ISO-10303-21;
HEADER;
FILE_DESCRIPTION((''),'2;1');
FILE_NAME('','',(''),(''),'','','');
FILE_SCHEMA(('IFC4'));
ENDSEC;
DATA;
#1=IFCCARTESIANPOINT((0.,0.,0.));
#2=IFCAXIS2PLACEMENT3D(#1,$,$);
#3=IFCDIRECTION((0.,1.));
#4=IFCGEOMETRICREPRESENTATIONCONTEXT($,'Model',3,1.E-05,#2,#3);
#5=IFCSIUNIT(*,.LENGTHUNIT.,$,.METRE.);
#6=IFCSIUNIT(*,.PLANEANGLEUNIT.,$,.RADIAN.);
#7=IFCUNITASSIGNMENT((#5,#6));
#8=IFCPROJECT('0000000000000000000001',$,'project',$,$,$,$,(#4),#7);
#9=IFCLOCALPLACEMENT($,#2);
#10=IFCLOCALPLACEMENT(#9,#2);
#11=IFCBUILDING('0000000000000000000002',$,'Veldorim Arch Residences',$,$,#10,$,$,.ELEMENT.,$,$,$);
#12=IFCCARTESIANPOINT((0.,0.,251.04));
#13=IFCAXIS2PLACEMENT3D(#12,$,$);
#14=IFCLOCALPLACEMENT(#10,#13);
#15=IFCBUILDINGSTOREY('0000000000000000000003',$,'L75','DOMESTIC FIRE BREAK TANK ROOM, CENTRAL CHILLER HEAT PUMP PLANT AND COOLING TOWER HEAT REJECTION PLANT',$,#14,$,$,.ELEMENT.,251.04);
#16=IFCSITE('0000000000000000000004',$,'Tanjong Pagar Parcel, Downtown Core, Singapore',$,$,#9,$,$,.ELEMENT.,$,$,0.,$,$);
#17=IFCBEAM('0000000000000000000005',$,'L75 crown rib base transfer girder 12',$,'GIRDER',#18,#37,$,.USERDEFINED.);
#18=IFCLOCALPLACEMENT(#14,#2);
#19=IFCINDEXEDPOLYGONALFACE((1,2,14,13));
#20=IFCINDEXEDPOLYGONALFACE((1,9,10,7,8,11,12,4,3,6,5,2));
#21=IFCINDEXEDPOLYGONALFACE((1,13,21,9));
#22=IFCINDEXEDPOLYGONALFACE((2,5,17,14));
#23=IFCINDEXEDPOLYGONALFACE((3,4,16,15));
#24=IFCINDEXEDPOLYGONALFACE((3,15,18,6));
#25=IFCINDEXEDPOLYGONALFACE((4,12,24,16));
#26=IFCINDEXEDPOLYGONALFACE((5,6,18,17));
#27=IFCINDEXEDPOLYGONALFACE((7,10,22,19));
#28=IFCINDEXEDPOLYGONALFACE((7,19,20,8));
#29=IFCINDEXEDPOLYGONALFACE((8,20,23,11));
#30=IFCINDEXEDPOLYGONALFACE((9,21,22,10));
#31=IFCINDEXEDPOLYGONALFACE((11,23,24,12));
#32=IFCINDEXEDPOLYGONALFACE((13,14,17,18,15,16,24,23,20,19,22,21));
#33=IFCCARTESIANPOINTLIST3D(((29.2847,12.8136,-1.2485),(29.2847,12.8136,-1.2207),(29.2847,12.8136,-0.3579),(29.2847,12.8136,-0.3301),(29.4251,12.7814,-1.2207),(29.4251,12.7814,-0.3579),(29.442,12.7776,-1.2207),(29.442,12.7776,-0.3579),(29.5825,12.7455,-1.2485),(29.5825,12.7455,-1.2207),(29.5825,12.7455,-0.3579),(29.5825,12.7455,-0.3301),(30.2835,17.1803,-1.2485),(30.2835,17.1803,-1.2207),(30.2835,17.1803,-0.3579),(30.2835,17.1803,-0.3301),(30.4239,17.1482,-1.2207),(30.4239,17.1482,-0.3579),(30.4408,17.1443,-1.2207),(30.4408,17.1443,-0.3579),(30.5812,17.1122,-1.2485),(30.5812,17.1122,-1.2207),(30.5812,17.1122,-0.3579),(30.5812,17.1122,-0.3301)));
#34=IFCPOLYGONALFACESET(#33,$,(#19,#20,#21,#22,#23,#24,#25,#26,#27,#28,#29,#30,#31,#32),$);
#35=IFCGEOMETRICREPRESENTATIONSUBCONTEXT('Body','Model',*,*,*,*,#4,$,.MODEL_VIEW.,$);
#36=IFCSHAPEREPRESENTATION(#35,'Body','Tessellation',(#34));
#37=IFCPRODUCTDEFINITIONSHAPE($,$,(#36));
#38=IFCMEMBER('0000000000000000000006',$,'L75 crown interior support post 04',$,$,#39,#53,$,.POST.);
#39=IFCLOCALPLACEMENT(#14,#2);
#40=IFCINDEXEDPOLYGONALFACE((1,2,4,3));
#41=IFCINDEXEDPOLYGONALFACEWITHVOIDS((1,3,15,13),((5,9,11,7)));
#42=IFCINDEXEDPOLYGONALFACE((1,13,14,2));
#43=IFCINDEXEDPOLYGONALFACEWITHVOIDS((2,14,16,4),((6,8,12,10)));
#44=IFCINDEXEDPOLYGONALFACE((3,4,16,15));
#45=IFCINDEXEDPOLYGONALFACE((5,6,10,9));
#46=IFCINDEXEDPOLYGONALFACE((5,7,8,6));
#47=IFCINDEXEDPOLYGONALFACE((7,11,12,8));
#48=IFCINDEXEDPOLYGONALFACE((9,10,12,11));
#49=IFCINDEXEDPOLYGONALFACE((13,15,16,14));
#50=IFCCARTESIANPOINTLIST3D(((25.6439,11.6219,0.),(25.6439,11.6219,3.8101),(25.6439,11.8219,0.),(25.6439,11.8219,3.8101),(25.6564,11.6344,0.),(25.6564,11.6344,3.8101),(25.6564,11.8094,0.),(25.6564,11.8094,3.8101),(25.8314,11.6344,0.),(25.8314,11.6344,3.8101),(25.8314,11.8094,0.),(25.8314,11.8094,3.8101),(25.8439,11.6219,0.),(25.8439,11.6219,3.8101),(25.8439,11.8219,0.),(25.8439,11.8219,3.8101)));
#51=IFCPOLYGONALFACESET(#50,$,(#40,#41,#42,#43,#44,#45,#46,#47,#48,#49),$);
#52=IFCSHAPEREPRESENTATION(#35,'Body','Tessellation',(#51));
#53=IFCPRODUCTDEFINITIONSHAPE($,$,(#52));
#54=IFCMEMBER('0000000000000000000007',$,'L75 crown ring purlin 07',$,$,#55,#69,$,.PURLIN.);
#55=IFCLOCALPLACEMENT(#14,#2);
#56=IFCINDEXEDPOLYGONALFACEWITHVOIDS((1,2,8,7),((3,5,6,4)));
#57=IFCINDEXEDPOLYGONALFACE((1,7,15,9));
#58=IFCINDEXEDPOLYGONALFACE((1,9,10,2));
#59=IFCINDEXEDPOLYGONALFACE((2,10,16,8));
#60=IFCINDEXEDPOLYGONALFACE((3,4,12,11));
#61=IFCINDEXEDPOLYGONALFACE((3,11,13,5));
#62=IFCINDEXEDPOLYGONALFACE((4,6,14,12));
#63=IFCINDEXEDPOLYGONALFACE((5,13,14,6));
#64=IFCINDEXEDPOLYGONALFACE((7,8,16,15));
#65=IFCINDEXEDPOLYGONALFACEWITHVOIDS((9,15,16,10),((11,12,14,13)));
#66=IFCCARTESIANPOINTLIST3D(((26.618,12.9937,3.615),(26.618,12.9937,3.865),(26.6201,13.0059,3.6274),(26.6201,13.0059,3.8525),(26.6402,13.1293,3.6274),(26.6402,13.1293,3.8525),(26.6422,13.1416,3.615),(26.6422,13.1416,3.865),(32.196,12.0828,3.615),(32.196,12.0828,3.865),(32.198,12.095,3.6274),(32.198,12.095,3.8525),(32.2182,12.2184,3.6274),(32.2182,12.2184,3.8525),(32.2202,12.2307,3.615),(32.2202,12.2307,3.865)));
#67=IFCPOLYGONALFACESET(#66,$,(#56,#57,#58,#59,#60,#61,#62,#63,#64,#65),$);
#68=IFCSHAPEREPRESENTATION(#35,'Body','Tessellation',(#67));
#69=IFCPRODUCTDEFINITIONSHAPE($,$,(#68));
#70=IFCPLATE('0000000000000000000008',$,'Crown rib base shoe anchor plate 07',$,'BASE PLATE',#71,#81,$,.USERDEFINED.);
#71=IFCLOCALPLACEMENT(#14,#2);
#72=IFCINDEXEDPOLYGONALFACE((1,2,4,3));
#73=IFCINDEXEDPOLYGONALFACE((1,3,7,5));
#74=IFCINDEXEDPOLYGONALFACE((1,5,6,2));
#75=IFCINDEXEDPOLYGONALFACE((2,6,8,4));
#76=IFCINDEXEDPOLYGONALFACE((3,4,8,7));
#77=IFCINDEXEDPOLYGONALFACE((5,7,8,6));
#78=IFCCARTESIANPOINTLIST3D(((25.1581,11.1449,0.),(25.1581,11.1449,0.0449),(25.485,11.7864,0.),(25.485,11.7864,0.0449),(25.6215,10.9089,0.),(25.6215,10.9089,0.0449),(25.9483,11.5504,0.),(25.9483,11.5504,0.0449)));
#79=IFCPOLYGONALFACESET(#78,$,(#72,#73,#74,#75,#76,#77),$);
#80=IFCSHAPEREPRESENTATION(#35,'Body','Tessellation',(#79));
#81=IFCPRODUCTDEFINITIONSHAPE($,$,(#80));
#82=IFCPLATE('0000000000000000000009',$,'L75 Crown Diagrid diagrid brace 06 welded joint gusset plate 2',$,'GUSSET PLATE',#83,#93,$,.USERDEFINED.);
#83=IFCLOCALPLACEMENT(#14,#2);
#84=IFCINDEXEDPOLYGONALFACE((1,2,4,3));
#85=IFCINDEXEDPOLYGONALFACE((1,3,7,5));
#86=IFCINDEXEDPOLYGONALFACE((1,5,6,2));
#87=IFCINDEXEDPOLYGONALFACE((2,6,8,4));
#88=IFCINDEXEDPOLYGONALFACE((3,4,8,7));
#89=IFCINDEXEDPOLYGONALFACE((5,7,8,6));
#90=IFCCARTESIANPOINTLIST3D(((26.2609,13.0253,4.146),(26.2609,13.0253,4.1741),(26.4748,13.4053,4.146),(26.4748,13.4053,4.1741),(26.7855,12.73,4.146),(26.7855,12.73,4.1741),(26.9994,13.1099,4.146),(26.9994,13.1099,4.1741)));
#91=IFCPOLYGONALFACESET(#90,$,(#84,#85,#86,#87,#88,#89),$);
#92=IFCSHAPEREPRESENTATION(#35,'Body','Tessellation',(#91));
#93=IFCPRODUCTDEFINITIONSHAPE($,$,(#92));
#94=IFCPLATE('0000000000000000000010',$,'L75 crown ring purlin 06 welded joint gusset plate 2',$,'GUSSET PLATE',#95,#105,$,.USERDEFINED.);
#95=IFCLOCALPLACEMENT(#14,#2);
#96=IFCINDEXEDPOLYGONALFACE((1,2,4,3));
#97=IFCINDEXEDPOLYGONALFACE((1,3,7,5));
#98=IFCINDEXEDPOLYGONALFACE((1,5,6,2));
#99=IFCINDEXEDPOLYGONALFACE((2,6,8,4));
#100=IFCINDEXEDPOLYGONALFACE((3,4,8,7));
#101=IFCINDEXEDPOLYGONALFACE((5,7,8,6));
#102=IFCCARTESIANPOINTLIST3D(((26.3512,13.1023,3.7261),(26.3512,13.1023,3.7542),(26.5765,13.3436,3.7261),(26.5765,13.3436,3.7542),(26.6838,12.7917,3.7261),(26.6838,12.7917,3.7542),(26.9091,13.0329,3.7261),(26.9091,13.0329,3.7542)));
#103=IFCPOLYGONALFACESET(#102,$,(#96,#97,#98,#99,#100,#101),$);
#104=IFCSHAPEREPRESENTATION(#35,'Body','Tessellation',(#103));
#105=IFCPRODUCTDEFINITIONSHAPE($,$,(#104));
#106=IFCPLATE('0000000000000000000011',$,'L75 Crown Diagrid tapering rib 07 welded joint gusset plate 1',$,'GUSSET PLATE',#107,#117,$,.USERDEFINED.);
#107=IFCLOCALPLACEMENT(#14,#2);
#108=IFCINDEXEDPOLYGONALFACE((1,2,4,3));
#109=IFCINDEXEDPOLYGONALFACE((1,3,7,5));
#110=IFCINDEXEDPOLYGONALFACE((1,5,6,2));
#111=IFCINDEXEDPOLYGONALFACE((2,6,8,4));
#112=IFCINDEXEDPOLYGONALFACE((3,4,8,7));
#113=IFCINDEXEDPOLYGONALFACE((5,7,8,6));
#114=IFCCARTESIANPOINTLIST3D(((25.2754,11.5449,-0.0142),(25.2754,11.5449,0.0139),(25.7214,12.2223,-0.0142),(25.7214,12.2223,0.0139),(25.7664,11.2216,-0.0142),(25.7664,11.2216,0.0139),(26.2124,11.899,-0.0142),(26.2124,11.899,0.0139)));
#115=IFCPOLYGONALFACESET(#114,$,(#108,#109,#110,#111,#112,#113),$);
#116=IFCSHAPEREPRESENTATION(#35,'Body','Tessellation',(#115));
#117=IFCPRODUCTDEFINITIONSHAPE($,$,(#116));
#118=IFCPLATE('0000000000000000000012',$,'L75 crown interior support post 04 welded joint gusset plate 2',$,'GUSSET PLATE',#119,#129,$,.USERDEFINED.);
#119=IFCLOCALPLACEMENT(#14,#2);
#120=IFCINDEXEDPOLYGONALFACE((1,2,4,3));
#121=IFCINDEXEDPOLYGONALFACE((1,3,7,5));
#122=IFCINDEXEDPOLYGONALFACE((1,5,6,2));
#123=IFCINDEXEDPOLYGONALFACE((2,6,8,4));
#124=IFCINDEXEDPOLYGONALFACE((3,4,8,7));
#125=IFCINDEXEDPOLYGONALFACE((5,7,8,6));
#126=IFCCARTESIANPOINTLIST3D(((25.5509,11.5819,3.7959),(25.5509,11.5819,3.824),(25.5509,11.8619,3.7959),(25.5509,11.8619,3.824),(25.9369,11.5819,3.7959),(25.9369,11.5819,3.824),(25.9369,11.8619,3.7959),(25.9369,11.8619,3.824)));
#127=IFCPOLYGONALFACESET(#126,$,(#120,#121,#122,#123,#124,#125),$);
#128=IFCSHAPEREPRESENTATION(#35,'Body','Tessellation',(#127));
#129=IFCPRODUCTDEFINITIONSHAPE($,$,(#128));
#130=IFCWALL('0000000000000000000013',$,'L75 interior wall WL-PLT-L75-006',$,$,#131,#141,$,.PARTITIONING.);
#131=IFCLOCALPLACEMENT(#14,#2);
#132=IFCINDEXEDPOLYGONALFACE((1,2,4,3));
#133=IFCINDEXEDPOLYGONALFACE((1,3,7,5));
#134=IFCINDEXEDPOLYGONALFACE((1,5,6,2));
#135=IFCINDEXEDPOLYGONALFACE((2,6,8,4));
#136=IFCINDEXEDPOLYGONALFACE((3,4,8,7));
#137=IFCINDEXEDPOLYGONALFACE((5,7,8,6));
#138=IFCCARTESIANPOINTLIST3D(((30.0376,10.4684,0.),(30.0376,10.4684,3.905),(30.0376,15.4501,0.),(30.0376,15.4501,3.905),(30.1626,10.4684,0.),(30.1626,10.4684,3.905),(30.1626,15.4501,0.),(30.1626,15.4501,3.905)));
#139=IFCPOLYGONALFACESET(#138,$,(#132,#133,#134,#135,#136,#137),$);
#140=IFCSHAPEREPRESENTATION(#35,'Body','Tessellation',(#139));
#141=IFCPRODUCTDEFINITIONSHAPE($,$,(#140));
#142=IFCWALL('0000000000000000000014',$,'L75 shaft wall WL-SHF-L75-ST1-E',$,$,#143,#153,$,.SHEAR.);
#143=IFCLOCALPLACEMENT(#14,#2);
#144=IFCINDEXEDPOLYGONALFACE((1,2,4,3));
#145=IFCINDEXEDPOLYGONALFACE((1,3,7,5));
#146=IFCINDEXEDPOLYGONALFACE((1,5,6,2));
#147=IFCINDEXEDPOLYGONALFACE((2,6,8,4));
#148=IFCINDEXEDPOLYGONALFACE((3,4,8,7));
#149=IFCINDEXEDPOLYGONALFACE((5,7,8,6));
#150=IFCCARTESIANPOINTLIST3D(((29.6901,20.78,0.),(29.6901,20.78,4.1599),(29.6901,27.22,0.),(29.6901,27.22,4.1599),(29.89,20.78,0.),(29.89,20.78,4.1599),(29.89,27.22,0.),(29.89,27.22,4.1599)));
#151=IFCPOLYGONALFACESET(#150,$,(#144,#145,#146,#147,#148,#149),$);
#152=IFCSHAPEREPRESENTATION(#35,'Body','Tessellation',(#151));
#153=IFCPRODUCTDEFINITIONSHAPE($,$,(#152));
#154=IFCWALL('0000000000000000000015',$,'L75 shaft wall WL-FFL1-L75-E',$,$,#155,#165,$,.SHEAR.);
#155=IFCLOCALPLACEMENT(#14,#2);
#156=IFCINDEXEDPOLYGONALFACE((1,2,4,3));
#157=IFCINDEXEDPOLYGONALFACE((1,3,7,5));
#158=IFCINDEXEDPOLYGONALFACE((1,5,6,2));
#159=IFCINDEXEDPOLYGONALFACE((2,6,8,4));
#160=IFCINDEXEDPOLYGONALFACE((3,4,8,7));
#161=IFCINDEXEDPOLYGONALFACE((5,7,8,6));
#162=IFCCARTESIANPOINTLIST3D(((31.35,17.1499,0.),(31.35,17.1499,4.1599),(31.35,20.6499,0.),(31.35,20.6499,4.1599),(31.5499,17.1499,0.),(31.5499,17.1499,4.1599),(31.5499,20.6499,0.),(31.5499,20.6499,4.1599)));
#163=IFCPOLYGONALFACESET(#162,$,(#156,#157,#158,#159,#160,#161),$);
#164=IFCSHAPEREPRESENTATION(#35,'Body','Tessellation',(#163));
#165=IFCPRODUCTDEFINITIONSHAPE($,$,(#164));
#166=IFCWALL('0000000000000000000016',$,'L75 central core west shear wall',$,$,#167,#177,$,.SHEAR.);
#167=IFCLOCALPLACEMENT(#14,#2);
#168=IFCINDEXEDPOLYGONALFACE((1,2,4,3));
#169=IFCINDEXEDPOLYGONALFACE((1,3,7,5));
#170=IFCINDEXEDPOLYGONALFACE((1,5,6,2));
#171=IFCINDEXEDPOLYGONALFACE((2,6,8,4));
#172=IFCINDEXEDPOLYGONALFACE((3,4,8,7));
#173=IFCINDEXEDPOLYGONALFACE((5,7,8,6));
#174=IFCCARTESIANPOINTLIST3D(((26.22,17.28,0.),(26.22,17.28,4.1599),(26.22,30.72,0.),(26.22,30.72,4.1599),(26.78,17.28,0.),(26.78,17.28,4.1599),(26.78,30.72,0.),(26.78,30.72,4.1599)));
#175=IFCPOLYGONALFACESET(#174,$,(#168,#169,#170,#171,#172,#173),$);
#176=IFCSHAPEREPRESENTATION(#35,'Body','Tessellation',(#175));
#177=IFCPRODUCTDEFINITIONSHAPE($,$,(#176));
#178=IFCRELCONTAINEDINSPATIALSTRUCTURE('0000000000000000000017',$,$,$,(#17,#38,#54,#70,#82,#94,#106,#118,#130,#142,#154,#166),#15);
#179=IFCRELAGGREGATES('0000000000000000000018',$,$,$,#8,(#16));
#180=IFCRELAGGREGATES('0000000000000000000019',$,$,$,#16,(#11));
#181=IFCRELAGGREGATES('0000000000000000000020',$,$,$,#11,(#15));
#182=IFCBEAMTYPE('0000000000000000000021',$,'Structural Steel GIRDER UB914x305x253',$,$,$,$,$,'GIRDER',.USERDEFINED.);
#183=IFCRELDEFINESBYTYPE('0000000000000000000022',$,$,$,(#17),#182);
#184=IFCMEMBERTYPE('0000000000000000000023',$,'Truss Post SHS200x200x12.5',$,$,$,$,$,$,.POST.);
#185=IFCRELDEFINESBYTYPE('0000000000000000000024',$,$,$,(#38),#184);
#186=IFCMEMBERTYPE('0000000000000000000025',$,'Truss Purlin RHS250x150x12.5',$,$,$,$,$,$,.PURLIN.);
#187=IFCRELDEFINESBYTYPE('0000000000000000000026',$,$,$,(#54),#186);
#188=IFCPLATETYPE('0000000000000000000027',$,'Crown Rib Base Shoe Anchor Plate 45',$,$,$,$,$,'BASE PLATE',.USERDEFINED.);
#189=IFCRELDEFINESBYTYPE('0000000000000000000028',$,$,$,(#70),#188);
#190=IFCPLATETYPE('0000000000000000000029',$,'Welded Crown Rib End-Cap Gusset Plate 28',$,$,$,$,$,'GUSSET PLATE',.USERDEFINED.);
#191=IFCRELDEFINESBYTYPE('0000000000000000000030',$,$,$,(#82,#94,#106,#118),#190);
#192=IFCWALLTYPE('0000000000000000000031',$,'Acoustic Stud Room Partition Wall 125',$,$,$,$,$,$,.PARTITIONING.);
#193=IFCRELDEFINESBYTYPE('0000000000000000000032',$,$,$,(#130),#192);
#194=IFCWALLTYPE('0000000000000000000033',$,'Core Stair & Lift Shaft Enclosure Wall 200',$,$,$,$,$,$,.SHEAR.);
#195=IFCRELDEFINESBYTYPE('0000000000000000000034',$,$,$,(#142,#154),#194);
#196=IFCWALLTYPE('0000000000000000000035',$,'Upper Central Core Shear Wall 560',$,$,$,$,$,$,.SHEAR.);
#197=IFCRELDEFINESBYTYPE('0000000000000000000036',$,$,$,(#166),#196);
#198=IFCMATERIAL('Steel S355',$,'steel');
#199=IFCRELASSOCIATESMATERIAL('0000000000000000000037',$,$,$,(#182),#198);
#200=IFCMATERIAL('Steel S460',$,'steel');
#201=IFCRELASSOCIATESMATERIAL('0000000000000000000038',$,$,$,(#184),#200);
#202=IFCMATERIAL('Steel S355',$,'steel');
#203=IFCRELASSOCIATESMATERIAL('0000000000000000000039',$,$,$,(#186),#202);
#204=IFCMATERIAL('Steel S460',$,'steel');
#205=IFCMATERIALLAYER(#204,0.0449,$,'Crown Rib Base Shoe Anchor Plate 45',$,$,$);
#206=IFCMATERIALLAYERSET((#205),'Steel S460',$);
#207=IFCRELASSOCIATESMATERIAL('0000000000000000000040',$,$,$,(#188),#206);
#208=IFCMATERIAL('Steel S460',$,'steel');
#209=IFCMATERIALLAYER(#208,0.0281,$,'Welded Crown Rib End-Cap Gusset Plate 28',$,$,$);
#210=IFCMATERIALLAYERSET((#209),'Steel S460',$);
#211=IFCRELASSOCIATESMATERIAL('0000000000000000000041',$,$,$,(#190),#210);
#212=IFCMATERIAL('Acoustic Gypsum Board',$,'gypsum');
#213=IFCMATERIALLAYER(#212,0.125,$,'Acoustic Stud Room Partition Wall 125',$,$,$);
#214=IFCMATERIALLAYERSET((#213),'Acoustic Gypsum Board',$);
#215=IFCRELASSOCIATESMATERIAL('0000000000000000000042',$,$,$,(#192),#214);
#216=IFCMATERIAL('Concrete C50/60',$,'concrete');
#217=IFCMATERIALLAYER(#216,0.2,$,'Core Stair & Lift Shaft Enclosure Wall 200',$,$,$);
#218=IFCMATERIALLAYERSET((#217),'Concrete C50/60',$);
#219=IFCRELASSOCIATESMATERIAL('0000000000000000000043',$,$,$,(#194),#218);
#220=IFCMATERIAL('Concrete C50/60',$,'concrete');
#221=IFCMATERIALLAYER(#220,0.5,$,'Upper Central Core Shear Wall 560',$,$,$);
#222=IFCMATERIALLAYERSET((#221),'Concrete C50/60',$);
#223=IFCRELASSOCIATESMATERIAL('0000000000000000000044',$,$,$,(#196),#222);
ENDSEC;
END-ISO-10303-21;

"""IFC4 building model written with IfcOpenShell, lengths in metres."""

from ifc_helpers import new_model, si_unit, direction, frame, frame_2d, origin, origin_2d, place, context, subcontext, project, spatial, rectangle, hollow_rectangle, i_section, extrude, material, layer, layer_set, material_profile, profile_set, type_object, element, save


model = new_model("IFC4")

# Units and contexts
model_context = context("Model", 3, precision=1e-05, world=origin(), true_north=direction((0.0, 1.0)))
body_context = subcontext(model_context, "Body", "Model", "MODEL_VIEW")
ifc_project = project(units=[si_unit("LENGTHUNIT", "METRE"), si_unit("PLANEANGLEUNIT", "RADIAN")], contexts=[model_context])

# Site, building, storey
site_placement = place(None, origin())
site = spatial("IfcSite", under=ifc_project, at=site_placement, Name="Tanjong Pagar Parcel, Downtown Core, Singapore", CompositionType="ELEMENT", RefElevation=0.0)
building_placement = place(site_placement, origin())
building = spatial("IfcBuilding", under=site, at=building_placement, Name="Veldorim Arch Residences", CompositionType="ELEMENT")
storey_placement = place(building_placement, frame((0.0, 0.0, 251.04)))
storey = spatial("IfcBuildingStorey", under=building, at=storey_placement, Name="L75", Description="DOMESTIC FIRE BREAK TANK ROOM, CENTRAL CHILLER HEAT PUMP PLANT AND COOLING TOWER HEAT REJECTION PLANT", CompositionType="ELEMENT", Elevation=251.04)

# Beam
ifc_material_1 = material(Name="Steel S355", Category="steel")
ifc_material_profile_1 = material_profile(ifc_material_1, i_section(OverallWidth=0.3054, OverallDepth=0.9185, WebThickness=0.0173, FlangeThickness=0.0278, at=origin_2d()), Name="UB914x305x253")
ifc_profile_set_1 = profile_set([ifc_material_profile_1], Name="Steel S355")
beam_type = type_object("IfcBeamType", Name="Structural Steel GIRDER UB914x305x253", ElementType="GIRDER", PredefinedType="USERDEFINED", material=ifc_profile_set_1)
beam_1_placement = place(storey_placement, frame((30.4324, 17.1462, -0.7893), z_axis=(-0.222968, -0.974826, 0.0), x_axis=(0.974826, -0.222968, 0.0)))
element("IfcBeam", 1, at=beam_1_placement, inside=storey, type_object=beam_type, Name="L75 crown rib base transfer girder 12", ObjectType="GIRDER", PredefinedType="USERDEFINED", context=body_context, shape_type="SweptSolid", body=[
    extrude(i_section(OverallWidth=0.3054, OverallDepth=0.9185, WebThickness=0.0173, FlangeThickness=0.0278, at=origin_2d()), origin(), (0.0, 0.0, 1.0), 4.4795),
])

# Members
ifc_material_2 = material(Name="Steel S460", Category="steel")
ifc_material_profile_2 = material_profile(ifc_material_2, hollow_rectangle(XDim=0.2, YDim=0.2, WallThickness=0.0125, at=origin_2d()), Name="SHS200x200x12.5")
ifc_profile_set_2 = profile_set([ifc_material_profile_2], Name="Steel S460")
member_type_1 = type_object("IfcMemberType", Name="Truss Post SHS200x200x12.5", PredefinedType="POST", material=ifc_profile_set_2)
member_1_placement = place(storey_placement, frame((25.7439, 11.7219, 0.0), z_axis=(0.0, 0.0, 1.0), x_axis=(1.0, 0.0, 0.0)))
element("IfcMember", 2, at=member_1_placement, inside=storey, type_object=member_type_1, Name="L75 crown interior support post 04", PredefinedType="POST", context=body_context, shape_type="SweptSolid", body=[
    extrude(hollow_rectangle(XDim=0.2, YDim=0.2, WallThickness=0.0125, at=origin_2d()), origin(), (0.0, 0.0, 1.0), 3.8101),
])
ifc_material_3 = material(Name="Steel S355", Category="steel")
ifc_material_profile_3 = material_profile(ifc_material_3, hollow_rectangle(XDim=0.1499, YDim=0.25, WallThickness=0.0125, at=origin_2d()), Name="RHS250x150x12.5")
ifc_profile_set_3 = profile_set([ifc_material_profile_3], Name="Steel S355")
member_type_2 = type_object("IfcMemberType", Name="Truss Purlin RHS250x150x12.5", PredefinedType="PURLIN", material=ifc_profile_set_3)
member_2_placement = place(storey_placement, frame((26.6301, 13.0676, 3.74), z_axis=(0.986927, -0.161169, 0.0), x_axis=(0.161169, 0.986927, 0.0)))
element("IfcMember", 3, at=member_2_placement, inside=storey, type_object=member_type_2, Name="L75 crown ring purlin 07", PredefinedType="PURLIN", context=body_context, shape_type="SweptSolid", body=[
    extrude(hollow_rectangle(XDim=0.1499, YDim=0.25, WallThickness=0.0125, at=origin_2d()), origin(), (0.0, 0.0, 1.0), 5.6519),
])

# Plates
ifc_material_4 = material(Name="Steel S460", Category="steel")
ifc_layer_1 = layer(ifc_material_4, 0.0449, Name="Crown Rib Base Shoe Anchor Plate 45")
ifc_layer_set_1 = layer_set([ifc_layer_1], Name="Steel S460")
plate_type_1 = type_object("IfcPlateType", Name="Crown Rib Base Shoe Anchor Plate 45", ElementType="BASE PLATE", PredefinedType="USERDEFINED", material=ifc_layer_set_1)
plate_1_placement = place(storey_placement, frame((25.5532, 11.3477, 0.0), z_axis=(0.0, 0.0, 1.0), x_axis=(-0.45399, -0.891007, 0.0)))
element("IfcPlate", 4, at=plate_1_placement, inside=storey, type_object=plate_type_1, Name="Crown rib base shoe anchor plate 07", ObjectType="BASE PLATE", PredefinedType="USERDEFINED", context=body_context, shape_type="SweptSolid", body=[
    extrude(rectangle(XDim=0.72, YDim=0.52, at=origin_2d()), origin(), (0.0, 0.0, 1.0), 0.0449),
])
ifc_material_5 = material(Name="Steel S460", Category="steel")
ifc_layer_2 = layer(ifc_material_5, 0.0281, Name="Welded Crown Rib End-Cap Gusset Plate 28")
ifc_layer_set_2 = layer_set([ifc_layer_2], Name="Steel S460")
plate_type_2 = type_object("IfcPlateType", Name="Welded Crown Rib End-Cap Gusset Plate 28", ElementType="GUSSET PLATE", PredefinedType="USERDEFINED", material=ifc_layer_set_2)
plate_2_placement = place(storey_placement, frame((26.6301, 13.0676, 4.146), z_axis=(0.0, 0.0, 1.0), x_axis=(0.871368, -0.49063, 0.0)))
element("IfcPlate", 5, at=plate_2_placement, inside=storey, type_object=plate_type_2, Name="L75 Crown Diagrid diagrid brace 06 welded joint gusset plate 2", ObjectType="GUSSET PLATE", PredefinedType="USERDEFINED", context=body_context, shape_type="SweptSolid", body=[
    extrude(rectangle(XDim=0.6021, YDim=0.436, at=origin_2d()), origin(), (0.0, 0.0, 1.0), 0.0281),
])
plate_3_placement = place(storey_placement, frame((26.6301, 13.0676, 3.7261), z_axis=(0.0, 0.0, 1.0), x_axis=(0.730806, -0.682585, 0.0)))
element("IfcPlate", 6, at=plate_3_placement, inside=storey, type_object=plate_type_2, Name="L75 crown ring purlin 06 welded joint gusset plate 2", ObjectType="GUSSET PLATE", PredefinedType="USERDEFINED", context=body_context, shape_type="SweptSolid", body=[
    extrude(rectangle(XDim=0.4551, YDim=0.3301, at=origin_2d()), origin(), (0.0, 0.0, 1.0), 0.0281),
])
plate_4_placement = place(storey_placement, frame((25.7439, 11.7219, -0.0142), z_axis=(0.0, 0.0, 1.0), x_axis=(0.549927, 0.835213, 0.0)))
element("IfcPlate", 7, at=plate_4_placement, inside=storey, type_object=plate_type_2, Name="L75 Crown Diagrid tapering rib 07 welded joint gusset plate 1", ObjectType="GUSSET PLATE", PredefinedType="USERDEFINED", context=body_context, shape_type="SweptSolid", body=[
    extrude(rectangle(XDim=0.811, YDim=0.5879, at=origin_2d()), origin(), (0.0, 0.0, 1.0), 0.0281),
])
plate_5_placement = place(storey_placement, frame((25.7439, 11.7219, 3.7959), z_axis=(0.0, 0.0, 1.0), x_axis=(1.0, 0.0, 0.0)))
element("IfcPlate", 8, at=plate_5_placement, inside=storey, type_object=plate_type_2, Name="L75 crown interior support post 04 welded joint gusset plate 2", ObjectType="GUSSET PLATE", PredefinedType="USERDEFINED", context=body_context, shape_type="SweptSolid", body=[
    extrude(rectangle(XDim=0.386, YDim=0.28, at=origin_2d()), origin(), (0.0, 0.0, 1.0), 0.0281),
])

# Walls
ifc_material_6 = material(Name="Acoustic Gypsum Board", Category="gypsum")
ifc_layer_3 = layer(ifc_material_6, 0.125, Name="Acoustic Stud Room Partition Wall 125")
ifc_layer_set_3 = layer_set([ifc_layer_3], Name="Acoustic Gypsum Board")
wall_type_1 = type_object("IfcWallType", Name="Acoustic Stud Room Partition Wall 125", PredefinedType="PARTITIONING", material=ifc_layer_set_3)
wall_1_placement = place(storey_placement, frame((30.1001, 15.45, 0.0), z_axis=(0.0, 0.0, 1.0), x_axis=(0.0, -1.0, 0.0)))
element("IfcWall", 9, at=wall_1_placement, inside=storey, type_object=wall_type_1, Name="L75 interior wall WL-PLT-L75-006", PredefinedType="PARTITIONING", context=body_context, shape_type="SweptSolid", body=[
    extrude(rectangle(XDim=4.9817, YDim=0.125, at=frame_2d((2.4907, 0.0))), origin(), (0.0, 0.0, 1.0), 3.905),
])
ifc_material_7 = material(Name="Concrete C50/60", Category="concrete")
ifc_layer_4 = layer(ifc_material_7, 0.2, Name="Core Stair & Lift Shaft Enclosure Wall 200")
ifc_layer_set_4 = layer_set([ifc_layer_4], Name="Concrete C50/60")
wall_type_2 = type_object("IfcWallType", Name="Core Stair & Lift Shaft Enclosure Wall 200", PredefinedType="SHEAR", material=ifc_layer_set_4)
wall_2_placement = place(storey_placement, frame((29.79, 20.78, 0.0), z_axis=(0.0, 0.0, 1.0), x_axis=(0.0, 1.0, 0.0)))
element("IfcWall", 10, at=wall_2_placement, inside=storey, type_object=wall_type_2, Name="L75 shaft wall WL-SHF-L75-ST1-E", PredefinedType="SHEAR", context=body_context, shape_type="SweptSolid", body=[
    extrude(rectangle(XDim=6.4399, YDim=0.2, at=frame_2d((3.22, 0.0))), origin(), (0.0, 0.0, 1.0), 4.1599),
])

# Wall
wall_3_placement = place(storey_placement, frame((31.45, 17.1499, 0.0), z_axis=(0.0, 0.0, 1.0), x_axis=(0.0, 1.0, 0.0)))
element("IfcWall", 11, at=wall_3_placement, inside=storey, type_object=wall_type_2, Name="L75 shaft wall WL-FFL1-L75-E", PredefinedType="SHEAR", context=body_context, shape_type="SweptSolid", body=[
    extrude(rectangle(XDim=3.5, YDim=0.2, at=frame_2d((1.75, 0.0))), origin(), (0.0, 0.0, 1.0), 4.1599),
])

# Shared definitions
ifc_material_8 = material(Name="Concrete C50/60", Category="concrete")
ifc_layer_5 = layer(ifc_material_8, 0.5, Name="Upper Central Core Shear Wall 560")
ifc_layer_set_5 = layer_set([ifc_layer_5], Name="Concrete C50/60")
wall_type_3 = type_object("IfcWallType", Name="Upper Central Core Shear Wall 560", PredefinedType="SHEAR", material=ifc_layer_set_5)

# Wall
wall_4_placement = place(storey_placement, frame((26.5, 17.28, 0.0), z_axis=(0.0, 0.0, 1.0), x_axis=(0.0, 1.0, 0.0)))
element("IfcWall", 12, at=wall_4_placement, inside=storey, type_object=wall_type_3, Name="L75 central core west shear wall", PredefinedType="SHEAR", context=body_context, shape_type="SweptSolid", body=[
    extrude(rectangle(XDim=13.4399, YDim=0.5601, at=frame_2d((6.72, 0.0))), origin(), (0.0, 0.0, 1.0), 4.1599),
])

save(model, "model.ifc")
